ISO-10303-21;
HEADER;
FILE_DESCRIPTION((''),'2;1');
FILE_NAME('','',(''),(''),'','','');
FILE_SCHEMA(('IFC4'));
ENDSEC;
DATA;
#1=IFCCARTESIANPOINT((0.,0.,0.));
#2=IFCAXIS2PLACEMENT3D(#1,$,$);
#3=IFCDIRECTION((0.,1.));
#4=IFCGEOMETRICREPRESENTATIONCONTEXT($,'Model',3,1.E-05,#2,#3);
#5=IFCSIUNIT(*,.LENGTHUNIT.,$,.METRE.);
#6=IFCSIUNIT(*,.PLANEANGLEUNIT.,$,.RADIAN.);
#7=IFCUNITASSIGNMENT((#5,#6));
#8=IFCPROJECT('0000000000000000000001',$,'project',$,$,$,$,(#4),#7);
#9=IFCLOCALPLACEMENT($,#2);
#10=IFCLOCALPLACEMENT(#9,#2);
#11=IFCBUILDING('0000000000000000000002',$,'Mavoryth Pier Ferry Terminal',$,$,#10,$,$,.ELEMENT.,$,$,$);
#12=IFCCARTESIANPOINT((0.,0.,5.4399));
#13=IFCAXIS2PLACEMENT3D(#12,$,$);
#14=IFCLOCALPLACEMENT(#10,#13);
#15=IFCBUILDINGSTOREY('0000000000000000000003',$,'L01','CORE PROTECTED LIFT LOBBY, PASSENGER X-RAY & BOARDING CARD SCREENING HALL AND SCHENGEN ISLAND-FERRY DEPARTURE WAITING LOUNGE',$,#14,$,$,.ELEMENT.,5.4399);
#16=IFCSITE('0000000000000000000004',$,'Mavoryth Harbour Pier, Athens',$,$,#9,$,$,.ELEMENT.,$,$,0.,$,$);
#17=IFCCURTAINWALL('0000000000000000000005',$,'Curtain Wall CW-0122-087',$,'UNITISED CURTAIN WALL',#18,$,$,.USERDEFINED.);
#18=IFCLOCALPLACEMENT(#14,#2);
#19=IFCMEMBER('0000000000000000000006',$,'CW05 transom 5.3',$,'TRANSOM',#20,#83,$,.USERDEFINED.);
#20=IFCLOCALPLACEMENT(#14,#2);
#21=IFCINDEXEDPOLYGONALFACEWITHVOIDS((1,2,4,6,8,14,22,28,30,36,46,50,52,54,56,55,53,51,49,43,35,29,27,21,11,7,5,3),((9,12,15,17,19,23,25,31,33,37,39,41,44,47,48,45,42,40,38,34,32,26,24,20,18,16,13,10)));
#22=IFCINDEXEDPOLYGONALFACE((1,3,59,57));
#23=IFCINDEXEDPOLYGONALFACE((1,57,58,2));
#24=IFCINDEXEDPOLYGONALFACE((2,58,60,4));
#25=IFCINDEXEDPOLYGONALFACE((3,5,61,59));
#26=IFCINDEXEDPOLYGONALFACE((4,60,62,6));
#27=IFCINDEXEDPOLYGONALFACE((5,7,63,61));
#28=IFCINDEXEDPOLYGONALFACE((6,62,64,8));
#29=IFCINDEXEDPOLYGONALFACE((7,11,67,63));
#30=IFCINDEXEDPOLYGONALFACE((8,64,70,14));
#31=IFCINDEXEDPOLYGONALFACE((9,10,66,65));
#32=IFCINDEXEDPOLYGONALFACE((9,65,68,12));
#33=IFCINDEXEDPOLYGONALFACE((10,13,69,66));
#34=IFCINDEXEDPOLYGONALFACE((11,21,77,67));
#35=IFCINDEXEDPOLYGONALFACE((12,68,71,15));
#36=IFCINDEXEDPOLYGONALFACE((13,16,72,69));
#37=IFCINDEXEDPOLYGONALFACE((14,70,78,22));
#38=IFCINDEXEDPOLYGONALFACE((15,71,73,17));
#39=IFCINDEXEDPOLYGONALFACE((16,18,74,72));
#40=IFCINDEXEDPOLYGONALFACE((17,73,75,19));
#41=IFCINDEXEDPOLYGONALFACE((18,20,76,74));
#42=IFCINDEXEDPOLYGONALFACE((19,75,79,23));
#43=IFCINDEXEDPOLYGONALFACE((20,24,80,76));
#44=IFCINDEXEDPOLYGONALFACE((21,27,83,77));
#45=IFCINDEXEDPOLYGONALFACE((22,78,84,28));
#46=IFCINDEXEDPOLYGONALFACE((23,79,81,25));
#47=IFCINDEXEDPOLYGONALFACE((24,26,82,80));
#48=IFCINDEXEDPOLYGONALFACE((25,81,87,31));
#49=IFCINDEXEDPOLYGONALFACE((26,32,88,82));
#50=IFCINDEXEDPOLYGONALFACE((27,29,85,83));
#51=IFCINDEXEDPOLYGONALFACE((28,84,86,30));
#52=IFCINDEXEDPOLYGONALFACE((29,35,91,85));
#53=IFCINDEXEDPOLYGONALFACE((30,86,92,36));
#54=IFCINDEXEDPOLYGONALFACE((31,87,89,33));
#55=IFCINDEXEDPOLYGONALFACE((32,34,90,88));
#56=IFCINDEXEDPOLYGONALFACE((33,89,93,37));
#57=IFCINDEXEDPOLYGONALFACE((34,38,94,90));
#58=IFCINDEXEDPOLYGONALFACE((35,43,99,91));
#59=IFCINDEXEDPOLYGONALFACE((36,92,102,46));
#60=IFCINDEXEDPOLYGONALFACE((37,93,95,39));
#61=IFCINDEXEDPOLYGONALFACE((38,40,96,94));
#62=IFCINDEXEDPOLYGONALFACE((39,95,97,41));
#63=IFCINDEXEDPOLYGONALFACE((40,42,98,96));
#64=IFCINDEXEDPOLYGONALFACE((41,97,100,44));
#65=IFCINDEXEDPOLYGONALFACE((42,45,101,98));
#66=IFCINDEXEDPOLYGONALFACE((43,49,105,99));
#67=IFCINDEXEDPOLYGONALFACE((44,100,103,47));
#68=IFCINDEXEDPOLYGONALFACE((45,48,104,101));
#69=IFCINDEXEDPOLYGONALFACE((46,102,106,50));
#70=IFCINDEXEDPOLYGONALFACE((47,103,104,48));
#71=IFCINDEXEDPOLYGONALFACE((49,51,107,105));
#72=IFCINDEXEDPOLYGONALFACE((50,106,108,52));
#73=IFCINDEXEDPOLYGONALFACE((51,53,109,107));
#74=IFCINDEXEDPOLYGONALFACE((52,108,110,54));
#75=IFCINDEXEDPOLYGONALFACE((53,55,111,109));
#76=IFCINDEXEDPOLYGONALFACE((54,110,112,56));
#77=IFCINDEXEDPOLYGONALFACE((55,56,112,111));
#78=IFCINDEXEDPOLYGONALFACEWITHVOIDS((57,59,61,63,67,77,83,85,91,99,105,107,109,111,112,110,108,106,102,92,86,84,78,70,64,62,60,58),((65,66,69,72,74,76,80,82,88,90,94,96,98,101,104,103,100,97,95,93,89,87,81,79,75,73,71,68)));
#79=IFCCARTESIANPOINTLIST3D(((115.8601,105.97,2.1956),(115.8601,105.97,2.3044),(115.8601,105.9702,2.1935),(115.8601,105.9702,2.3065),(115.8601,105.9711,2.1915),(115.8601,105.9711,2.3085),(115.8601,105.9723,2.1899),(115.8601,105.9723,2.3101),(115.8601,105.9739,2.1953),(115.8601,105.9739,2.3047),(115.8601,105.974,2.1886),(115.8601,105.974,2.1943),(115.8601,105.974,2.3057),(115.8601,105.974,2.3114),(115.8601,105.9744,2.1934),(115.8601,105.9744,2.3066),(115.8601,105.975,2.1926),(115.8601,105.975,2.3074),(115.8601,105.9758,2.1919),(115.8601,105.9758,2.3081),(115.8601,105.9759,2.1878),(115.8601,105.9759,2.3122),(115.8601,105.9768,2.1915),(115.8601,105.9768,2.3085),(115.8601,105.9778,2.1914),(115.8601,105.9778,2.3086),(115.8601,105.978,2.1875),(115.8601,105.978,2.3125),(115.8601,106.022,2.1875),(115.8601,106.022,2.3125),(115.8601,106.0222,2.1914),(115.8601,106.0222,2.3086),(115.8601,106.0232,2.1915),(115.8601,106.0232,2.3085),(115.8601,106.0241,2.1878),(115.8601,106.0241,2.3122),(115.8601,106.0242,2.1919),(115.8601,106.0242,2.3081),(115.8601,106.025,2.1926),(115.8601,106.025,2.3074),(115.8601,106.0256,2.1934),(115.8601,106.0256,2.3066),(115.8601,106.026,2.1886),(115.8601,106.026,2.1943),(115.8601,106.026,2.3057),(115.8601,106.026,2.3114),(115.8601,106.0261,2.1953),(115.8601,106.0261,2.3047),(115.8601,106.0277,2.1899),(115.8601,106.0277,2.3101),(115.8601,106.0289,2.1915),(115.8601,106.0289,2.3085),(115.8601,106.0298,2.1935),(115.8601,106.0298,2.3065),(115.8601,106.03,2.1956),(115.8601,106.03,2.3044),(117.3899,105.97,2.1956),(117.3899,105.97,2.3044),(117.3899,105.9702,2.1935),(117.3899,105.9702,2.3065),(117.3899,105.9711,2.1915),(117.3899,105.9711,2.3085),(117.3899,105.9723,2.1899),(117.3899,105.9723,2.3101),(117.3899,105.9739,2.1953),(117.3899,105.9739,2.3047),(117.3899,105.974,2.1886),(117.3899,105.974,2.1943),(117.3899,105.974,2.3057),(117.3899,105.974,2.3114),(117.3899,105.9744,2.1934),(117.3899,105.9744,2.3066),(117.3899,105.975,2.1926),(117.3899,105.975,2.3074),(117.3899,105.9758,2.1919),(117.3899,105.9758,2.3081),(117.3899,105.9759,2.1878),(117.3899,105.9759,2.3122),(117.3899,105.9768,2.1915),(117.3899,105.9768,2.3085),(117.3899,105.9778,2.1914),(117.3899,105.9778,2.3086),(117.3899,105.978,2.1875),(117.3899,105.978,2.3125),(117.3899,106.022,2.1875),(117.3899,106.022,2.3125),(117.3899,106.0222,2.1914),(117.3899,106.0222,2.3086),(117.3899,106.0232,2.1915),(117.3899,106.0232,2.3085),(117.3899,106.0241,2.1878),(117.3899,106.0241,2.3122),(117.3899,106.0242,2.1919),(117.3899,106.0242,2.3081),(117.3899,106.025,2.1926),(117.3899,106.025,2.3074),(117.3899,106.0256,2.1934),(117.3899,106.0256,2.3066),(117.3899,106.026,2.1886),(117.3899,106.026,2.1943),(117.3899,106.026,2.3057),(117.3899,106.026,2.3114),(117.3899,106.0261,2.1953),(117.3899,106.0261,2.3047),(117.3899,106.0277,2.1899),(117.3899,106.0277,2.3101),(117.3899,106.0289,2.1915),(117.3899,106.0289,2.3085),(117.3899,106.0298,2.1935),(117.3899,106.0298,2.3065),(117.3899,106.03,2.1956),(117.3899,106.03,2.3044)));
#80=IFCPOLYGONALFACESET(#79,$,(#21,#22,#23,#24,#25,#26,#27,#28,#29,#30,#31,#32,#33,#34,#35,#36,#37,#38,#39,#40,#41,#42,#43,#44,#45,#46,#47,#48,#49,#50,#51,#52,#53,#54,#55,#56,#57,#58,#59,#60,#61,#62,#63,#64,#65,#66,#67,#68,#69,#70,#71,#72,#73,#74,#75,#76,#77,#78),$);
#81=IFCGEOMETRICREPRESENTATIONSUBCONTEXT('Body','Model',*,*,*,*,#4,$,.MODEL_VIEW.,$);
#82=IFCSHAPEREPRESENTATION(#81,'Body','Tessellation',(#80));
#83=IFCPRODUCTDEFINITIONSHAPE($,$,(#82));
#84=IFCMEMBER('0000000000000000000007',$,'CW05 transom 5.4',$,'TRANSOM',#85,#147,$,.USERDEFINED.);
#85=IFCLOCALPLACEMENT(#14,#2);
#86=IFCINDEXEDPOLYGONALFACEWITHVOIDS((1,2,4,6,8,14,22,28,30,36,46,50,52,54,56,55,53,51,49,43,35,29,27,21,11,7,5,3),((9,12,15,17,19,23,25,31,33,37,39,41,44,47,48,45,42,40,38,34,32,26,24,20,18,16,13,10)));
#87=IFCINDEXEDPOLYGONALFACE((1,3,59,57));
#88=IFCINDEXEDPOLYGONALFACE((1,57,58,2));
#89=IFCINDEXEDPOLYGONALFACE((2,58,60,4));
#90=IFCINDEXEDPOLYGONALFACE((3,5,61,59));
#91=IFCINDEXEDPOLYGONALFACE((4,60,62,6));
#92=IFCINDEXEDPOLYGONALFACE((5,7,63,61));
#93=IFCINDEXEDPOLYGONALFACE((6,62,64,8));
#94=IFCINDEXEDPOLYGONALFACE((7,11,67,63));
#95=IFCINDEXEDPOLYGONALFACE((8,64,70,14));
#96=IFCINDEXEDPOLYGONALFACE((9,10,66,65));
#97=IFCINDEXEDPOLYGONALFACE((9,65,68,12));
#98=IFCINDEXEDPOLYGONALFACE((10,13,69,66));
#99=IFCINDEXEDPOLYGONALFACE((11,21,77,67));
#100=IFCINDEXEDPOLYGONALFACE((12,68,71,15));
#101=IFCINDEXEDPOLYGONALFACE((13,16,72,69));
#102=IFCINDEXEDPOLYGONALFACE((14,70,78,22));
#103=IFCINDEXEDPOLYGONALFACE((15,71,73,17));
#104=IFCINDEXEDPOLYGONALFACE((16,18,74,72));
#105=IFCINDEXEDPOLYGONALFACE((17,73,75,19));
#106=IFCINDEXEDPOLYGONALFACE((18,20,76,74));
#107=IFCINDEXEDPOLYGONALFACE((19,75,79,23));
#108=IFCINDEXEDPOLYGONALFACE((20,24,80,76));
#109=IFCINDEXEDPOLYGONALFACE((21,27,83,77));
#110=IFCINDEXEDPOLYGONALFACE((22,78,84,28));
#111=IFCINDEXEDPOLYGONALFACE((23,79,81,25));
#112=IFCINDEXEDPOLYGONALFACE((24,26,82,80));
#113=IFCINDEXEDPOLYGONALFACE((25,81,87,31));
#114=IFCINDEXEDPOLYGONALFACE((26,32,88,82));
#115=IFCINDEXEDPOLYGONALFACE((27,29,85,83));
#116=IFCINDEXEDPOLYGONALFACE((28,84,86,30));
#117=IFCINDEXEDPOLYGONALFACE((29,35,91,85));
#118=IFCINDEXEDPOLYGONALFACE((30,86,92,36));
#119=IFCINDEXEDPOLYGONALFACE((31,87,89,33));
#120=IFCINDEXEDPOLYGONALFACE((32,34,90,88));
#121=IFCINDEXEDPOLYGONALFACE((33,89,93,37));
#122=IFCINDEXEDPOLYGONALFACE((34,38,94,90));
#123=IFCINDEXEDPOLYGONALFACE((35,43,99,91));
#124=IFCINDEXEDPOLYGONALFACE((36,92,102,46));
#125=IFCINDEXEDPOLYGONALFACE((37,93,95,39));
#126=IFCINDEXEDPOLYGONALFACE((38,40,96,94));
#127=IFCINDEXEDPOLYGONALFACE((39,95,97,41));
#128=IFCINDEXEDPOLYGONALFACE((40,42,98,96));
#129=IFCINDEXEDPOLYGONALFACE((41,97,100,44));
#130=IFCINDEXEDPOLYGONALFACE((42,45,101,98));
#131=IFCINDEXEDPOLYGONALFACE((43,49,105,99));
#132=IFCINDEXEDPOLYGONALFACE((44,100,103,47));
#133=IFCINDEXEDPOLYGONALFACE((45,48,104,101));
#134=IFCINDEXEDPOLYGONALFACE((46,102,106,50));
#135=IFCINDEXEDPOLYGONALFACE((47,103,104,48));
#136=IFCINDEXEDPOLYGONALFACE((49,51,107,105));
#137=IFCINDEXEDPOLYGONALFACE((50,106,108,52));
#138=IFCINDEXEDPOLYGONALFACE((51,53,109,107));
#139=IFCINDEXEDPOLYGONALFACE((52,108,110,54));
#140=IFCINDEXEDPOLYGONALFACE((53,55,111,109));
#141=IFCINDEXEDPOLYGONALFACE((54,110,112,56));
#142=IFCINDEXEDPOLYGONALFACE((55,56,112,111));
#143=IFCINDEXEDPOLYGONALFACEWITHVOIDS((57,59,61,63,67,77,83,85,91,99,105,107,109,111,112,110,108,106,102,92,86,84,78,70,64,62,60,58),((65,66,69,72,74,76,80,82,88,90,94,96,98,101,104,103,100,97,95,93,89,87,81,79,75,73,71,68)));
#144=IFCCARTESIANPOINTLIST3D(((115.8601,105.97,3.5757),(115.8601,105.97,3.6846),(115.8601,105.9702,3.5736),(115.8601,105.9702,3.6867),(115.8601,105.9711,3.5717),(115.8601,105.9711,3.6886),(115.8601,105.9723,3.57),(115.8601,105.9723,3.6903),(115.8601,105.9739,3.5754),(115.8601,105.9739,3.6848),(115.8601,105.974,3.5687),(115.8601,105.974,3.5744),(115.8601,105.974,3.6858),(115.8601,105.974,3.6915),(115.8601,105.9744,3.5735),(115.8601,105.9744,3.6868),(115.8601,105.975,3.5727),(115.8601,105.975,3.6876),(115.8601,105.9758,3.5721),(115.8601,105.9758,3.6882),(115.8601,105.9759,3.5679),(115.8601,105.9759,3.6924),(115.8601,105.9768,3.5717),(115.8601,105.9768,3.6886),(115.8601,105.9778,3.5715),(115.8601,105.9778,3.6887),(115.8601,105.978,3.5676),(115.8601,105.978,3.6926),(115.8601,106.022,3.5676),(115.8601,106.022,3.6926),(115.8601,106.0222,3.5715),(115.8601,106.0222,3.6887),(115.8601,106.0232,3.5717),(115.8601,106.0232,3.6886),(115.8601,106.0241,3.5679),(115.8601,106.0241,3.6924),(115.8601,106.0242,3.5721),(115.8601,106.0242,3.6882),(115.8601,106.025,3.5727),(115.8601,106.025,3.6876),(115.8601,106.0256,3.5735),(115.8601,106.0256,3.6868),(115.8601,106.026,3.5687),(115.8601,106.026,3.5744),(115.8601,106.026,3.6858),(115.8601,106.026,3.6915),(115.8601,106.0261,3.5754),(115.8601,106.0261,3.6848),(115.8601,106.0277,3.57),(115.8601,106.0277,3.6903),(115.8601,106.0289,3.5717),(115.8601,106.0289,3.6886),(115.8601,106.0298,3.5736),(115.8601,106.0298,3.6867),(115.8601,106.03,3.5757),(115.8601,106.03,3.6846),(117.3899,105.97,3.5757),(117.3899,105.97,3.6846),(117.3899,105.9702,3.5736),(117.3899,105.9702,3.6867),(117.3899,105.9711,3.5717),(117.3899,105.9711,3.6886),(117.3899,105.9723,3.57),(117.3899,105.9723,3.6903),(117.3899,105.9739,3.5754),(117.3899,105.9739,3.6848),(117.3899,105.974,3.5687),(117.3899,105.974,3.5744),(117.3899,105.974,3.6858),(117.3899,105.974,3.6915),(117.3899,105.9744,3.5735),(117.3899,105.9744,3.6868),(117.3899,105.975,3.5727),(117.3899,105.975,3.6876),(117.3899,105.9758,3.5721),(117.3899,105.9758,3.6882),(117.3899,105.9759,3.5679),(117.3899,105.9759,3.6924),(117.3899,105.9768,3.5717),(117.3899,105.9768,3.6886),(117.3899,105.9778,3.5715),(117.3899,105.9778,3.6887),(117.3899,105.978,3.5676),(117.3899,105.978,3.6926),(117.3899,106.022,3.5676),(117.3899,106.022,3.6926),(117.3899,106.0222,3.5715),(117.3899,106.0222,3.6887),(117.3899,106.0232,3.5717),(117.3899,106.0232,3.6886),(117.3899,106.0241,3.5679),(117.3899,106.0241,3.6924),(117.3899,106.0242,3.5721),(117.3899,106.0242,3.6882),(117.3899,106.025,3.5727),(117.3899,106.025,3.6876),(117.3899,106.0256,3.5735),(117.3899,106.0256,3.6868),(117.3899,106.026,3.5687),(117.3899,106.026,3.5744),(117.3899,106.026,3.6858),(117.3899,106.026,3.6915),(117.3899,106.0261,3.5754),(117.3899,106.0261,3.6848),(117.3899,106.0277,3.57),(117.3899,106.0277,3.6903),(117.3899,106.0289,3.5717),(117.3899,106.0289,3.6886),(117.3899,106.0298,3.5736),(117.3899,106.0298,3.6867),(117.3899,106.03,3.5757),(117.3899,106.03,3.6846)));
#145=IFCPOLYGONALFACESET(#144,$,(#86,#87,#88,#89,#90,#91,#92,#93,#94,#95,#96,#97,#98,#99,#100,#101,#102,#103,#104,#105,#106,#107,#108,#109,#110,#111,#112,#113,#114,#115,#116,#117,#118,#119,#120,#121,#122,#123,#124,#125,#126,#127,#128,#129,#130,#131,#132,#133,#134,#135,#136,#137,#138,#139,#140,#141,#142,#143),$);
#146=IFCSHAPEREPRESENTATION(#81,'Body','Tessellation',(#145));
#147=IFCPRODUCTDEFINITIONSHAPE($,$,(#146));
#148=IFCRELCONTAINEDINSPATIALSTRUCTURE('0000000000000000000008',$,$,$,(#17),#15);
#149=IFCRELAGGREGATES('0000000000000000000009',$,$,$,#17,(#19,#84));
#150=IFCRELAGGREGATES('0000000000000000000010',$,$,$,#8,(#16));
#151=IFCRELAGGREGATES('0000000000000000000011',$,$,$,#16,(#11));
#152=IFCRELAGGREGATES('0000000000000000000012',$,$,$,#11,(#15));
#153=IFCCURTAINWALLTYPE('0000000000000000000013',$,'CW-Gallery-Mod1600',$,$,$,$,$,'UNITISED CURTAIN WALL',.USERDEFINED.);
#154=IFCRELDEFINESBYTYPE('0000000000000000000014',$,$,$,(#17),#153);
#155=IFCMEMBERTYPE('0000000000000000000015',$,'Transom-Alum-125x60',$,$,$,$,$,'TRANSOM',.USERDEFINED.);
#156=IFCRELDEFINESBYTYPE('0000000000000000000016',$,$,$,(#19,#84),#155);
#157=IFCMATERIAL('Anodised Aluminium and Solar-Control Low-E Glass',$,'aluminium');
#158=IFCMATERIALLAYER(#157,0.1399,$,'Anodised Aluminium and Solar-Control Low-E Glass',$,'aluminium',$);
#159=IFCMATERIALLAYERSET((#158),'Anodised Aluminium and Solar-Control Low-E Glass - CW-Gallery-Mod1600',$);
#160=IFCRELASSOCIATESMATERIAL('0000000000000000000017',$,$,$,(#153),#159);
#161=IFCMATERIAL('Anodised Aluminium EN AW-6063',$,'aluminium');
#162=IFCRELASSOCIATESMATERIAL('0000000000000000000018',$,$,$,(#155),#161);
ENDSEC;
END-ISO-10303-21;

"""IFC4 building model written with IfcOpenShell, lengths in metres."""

from ifc_helpers import new_model, si_unit, direction, frame, origin, origin_2d, place, context, subcontext, project, spatial, hollow_rectangle, extrude, material, layer, layer_set, material_profile, profile_set, type_object, element, aggregate, save


model = new_model("IFC4")

# Units and contexts
model_context = context("Model", 3, precision=1e-05, world=origin(), true_north=direction((0.0, 1.0)))
body_context = subcontext(model_context, "Body", "Model", "MODEL_VIEW")
ifc_project = project(units=[si_unit("LENGTHUNIT", "METRE"), si_unit("PLANEANGLEUNIT", "RADIAN")], contexts=[model_context])

# Site, building, storey
site_placement = place(None, origin())
site = spatial("IfcSite", under=ifc_project, at=site_placement, Name="Mavoryth Harbour Pier, Athens", CompositionType="ELEMENT", RefElevation=0.0)
building_placement = place(site_placement, origin())
building = spatial("IfcBuilding", under=site, at=building_placement, Name="Mavoryth Pier Ferry Terminal", CompositionType="ELEMENT")
storey_placement = place(building_placement, frame((0.0, 0.0, 5.4399)))
storey = spatial("IfcBuildingStorey", under=building, at=storey_placement, Name="L01", Description="CORE PROTECTED LIFT LOBBY, PASSENGER X-RAY & BOARDING CARD SCREENING HALL AND SCHENGEN ISLAND-FERRY DEPARTURE WAITING LOUNGE", CompositionType="ELEMENT", Elevation=5.4399)

# Curtain wall
ifc_material_1 = material(Name="Anodised Aluminium and Solar-Control Low-E Glass", Category="aluminium")
ifc_layer_1 = layer(ifc_material_1, 0.1399, Name="Anodised Aluminium and Solar-Control Low-E Glass", Category="aluminium")
ifc_layer_set_1 = layer_set([ifc_layer_1], Name="Anodised Aluminium and Solar-Control Low-E Glass - CW-Gallery-Mod1600")
curtain_wall_type = type_object("IfcCurtainWallType", Name="CW-Gallery-Mod1600", ElementType="UNITISED CURTAIN WALL", PredefinedType="USERDEFINED", material=ifc_layer_set_1)
curtain_wall_1_placement = place(storey_placement, origin())
curtain_wall_1 = element("IfcCurtainWall", 1, at=curtain_wall_1_placement, inside=storey, type_object=curtain_wall_type, Name="Curtain Wall CW-0122-087", ObjectType="UNITISED CURTAIN WALL", PredefinedType="USERDEFINED")
ifc_material_2 = material(Name="Anodised Aluminium EN AW-6063", Category="aluminium")

# Members
ifc_material_profile_1 = material_profile(ifc_material_2, hollow_rectangle(XDim=0.0601, YDim=0.125, WallThickness=0.0039, InnerFilletRadius=0.0039, OuterFilletRadius=0.0081, at=origin_2d()), Name="AL-TRAN 125x60x4", Category="aluminium")
ifc_profile_set_1 = profile_set([ifc_material_profile_1], Name="Anodised Aluminium EN AW-6063 - AL-TRAN 125x60x4")
member_type_1 = type_object("IfcMemberType", Name="Transom-Alum-125x60", ElementType="TRANSOM", PredefinedType="USERDEFINED", material=ifc_profile_set_1)
member_1_placement = place(storey_placement, frame((115.8601, 106.0, 2.25), z_axis=(1.0, 0.0, 0.0), x_axis=(0.0, 1.0, 0.0)))
member_1 = element("IfcMember", 2, at=member_1_placement, type_object=member_type_1, Name="CW05 transom 5.3", ObjectType="TRANSOM", PredefinedType="USERDEFINED", context=body_context, shape_type="SweptSolid", body=[
    extrude(hollow_rectangle(XDim=0.0601, YDim=0.125, WallThickness=0.0039, InnerFilletRadius=0.0039, OuterFilletRadius=0.0081, at=origin_2d()), origin(), (0.0, 0.0, 1.0), 1.5298),
])
member_2_placement = place(storey_placement, frame((115.8601, 106.0, 3.6301), z_axis=(1.0, 0.0, 0.0), x_axis=(0.0, 1.0, 0.0)))
member_2 = element("IfcMember", 3, at=member_2_placement, type_object=member_type_1, Name="CW05 transom 5.4", ObjectType="TRANSOM", PredefinedType="USERDEFINED", context=body_context, shape_type="SweptSolid", body=[
    extrude(hollow_rectangle(XDim=0.0601, YDim=0.125, WallThickness=0.0039, InnerFilletRadius=0.0039, OuterFilletRadius=0.0081, at=origin_2d()), origin(), (0.0, 0.0, 1.0), 1.5298),
])

aggregate(curtain_wall_1, [member_1, member_2])

save(model, "model.ifc")
